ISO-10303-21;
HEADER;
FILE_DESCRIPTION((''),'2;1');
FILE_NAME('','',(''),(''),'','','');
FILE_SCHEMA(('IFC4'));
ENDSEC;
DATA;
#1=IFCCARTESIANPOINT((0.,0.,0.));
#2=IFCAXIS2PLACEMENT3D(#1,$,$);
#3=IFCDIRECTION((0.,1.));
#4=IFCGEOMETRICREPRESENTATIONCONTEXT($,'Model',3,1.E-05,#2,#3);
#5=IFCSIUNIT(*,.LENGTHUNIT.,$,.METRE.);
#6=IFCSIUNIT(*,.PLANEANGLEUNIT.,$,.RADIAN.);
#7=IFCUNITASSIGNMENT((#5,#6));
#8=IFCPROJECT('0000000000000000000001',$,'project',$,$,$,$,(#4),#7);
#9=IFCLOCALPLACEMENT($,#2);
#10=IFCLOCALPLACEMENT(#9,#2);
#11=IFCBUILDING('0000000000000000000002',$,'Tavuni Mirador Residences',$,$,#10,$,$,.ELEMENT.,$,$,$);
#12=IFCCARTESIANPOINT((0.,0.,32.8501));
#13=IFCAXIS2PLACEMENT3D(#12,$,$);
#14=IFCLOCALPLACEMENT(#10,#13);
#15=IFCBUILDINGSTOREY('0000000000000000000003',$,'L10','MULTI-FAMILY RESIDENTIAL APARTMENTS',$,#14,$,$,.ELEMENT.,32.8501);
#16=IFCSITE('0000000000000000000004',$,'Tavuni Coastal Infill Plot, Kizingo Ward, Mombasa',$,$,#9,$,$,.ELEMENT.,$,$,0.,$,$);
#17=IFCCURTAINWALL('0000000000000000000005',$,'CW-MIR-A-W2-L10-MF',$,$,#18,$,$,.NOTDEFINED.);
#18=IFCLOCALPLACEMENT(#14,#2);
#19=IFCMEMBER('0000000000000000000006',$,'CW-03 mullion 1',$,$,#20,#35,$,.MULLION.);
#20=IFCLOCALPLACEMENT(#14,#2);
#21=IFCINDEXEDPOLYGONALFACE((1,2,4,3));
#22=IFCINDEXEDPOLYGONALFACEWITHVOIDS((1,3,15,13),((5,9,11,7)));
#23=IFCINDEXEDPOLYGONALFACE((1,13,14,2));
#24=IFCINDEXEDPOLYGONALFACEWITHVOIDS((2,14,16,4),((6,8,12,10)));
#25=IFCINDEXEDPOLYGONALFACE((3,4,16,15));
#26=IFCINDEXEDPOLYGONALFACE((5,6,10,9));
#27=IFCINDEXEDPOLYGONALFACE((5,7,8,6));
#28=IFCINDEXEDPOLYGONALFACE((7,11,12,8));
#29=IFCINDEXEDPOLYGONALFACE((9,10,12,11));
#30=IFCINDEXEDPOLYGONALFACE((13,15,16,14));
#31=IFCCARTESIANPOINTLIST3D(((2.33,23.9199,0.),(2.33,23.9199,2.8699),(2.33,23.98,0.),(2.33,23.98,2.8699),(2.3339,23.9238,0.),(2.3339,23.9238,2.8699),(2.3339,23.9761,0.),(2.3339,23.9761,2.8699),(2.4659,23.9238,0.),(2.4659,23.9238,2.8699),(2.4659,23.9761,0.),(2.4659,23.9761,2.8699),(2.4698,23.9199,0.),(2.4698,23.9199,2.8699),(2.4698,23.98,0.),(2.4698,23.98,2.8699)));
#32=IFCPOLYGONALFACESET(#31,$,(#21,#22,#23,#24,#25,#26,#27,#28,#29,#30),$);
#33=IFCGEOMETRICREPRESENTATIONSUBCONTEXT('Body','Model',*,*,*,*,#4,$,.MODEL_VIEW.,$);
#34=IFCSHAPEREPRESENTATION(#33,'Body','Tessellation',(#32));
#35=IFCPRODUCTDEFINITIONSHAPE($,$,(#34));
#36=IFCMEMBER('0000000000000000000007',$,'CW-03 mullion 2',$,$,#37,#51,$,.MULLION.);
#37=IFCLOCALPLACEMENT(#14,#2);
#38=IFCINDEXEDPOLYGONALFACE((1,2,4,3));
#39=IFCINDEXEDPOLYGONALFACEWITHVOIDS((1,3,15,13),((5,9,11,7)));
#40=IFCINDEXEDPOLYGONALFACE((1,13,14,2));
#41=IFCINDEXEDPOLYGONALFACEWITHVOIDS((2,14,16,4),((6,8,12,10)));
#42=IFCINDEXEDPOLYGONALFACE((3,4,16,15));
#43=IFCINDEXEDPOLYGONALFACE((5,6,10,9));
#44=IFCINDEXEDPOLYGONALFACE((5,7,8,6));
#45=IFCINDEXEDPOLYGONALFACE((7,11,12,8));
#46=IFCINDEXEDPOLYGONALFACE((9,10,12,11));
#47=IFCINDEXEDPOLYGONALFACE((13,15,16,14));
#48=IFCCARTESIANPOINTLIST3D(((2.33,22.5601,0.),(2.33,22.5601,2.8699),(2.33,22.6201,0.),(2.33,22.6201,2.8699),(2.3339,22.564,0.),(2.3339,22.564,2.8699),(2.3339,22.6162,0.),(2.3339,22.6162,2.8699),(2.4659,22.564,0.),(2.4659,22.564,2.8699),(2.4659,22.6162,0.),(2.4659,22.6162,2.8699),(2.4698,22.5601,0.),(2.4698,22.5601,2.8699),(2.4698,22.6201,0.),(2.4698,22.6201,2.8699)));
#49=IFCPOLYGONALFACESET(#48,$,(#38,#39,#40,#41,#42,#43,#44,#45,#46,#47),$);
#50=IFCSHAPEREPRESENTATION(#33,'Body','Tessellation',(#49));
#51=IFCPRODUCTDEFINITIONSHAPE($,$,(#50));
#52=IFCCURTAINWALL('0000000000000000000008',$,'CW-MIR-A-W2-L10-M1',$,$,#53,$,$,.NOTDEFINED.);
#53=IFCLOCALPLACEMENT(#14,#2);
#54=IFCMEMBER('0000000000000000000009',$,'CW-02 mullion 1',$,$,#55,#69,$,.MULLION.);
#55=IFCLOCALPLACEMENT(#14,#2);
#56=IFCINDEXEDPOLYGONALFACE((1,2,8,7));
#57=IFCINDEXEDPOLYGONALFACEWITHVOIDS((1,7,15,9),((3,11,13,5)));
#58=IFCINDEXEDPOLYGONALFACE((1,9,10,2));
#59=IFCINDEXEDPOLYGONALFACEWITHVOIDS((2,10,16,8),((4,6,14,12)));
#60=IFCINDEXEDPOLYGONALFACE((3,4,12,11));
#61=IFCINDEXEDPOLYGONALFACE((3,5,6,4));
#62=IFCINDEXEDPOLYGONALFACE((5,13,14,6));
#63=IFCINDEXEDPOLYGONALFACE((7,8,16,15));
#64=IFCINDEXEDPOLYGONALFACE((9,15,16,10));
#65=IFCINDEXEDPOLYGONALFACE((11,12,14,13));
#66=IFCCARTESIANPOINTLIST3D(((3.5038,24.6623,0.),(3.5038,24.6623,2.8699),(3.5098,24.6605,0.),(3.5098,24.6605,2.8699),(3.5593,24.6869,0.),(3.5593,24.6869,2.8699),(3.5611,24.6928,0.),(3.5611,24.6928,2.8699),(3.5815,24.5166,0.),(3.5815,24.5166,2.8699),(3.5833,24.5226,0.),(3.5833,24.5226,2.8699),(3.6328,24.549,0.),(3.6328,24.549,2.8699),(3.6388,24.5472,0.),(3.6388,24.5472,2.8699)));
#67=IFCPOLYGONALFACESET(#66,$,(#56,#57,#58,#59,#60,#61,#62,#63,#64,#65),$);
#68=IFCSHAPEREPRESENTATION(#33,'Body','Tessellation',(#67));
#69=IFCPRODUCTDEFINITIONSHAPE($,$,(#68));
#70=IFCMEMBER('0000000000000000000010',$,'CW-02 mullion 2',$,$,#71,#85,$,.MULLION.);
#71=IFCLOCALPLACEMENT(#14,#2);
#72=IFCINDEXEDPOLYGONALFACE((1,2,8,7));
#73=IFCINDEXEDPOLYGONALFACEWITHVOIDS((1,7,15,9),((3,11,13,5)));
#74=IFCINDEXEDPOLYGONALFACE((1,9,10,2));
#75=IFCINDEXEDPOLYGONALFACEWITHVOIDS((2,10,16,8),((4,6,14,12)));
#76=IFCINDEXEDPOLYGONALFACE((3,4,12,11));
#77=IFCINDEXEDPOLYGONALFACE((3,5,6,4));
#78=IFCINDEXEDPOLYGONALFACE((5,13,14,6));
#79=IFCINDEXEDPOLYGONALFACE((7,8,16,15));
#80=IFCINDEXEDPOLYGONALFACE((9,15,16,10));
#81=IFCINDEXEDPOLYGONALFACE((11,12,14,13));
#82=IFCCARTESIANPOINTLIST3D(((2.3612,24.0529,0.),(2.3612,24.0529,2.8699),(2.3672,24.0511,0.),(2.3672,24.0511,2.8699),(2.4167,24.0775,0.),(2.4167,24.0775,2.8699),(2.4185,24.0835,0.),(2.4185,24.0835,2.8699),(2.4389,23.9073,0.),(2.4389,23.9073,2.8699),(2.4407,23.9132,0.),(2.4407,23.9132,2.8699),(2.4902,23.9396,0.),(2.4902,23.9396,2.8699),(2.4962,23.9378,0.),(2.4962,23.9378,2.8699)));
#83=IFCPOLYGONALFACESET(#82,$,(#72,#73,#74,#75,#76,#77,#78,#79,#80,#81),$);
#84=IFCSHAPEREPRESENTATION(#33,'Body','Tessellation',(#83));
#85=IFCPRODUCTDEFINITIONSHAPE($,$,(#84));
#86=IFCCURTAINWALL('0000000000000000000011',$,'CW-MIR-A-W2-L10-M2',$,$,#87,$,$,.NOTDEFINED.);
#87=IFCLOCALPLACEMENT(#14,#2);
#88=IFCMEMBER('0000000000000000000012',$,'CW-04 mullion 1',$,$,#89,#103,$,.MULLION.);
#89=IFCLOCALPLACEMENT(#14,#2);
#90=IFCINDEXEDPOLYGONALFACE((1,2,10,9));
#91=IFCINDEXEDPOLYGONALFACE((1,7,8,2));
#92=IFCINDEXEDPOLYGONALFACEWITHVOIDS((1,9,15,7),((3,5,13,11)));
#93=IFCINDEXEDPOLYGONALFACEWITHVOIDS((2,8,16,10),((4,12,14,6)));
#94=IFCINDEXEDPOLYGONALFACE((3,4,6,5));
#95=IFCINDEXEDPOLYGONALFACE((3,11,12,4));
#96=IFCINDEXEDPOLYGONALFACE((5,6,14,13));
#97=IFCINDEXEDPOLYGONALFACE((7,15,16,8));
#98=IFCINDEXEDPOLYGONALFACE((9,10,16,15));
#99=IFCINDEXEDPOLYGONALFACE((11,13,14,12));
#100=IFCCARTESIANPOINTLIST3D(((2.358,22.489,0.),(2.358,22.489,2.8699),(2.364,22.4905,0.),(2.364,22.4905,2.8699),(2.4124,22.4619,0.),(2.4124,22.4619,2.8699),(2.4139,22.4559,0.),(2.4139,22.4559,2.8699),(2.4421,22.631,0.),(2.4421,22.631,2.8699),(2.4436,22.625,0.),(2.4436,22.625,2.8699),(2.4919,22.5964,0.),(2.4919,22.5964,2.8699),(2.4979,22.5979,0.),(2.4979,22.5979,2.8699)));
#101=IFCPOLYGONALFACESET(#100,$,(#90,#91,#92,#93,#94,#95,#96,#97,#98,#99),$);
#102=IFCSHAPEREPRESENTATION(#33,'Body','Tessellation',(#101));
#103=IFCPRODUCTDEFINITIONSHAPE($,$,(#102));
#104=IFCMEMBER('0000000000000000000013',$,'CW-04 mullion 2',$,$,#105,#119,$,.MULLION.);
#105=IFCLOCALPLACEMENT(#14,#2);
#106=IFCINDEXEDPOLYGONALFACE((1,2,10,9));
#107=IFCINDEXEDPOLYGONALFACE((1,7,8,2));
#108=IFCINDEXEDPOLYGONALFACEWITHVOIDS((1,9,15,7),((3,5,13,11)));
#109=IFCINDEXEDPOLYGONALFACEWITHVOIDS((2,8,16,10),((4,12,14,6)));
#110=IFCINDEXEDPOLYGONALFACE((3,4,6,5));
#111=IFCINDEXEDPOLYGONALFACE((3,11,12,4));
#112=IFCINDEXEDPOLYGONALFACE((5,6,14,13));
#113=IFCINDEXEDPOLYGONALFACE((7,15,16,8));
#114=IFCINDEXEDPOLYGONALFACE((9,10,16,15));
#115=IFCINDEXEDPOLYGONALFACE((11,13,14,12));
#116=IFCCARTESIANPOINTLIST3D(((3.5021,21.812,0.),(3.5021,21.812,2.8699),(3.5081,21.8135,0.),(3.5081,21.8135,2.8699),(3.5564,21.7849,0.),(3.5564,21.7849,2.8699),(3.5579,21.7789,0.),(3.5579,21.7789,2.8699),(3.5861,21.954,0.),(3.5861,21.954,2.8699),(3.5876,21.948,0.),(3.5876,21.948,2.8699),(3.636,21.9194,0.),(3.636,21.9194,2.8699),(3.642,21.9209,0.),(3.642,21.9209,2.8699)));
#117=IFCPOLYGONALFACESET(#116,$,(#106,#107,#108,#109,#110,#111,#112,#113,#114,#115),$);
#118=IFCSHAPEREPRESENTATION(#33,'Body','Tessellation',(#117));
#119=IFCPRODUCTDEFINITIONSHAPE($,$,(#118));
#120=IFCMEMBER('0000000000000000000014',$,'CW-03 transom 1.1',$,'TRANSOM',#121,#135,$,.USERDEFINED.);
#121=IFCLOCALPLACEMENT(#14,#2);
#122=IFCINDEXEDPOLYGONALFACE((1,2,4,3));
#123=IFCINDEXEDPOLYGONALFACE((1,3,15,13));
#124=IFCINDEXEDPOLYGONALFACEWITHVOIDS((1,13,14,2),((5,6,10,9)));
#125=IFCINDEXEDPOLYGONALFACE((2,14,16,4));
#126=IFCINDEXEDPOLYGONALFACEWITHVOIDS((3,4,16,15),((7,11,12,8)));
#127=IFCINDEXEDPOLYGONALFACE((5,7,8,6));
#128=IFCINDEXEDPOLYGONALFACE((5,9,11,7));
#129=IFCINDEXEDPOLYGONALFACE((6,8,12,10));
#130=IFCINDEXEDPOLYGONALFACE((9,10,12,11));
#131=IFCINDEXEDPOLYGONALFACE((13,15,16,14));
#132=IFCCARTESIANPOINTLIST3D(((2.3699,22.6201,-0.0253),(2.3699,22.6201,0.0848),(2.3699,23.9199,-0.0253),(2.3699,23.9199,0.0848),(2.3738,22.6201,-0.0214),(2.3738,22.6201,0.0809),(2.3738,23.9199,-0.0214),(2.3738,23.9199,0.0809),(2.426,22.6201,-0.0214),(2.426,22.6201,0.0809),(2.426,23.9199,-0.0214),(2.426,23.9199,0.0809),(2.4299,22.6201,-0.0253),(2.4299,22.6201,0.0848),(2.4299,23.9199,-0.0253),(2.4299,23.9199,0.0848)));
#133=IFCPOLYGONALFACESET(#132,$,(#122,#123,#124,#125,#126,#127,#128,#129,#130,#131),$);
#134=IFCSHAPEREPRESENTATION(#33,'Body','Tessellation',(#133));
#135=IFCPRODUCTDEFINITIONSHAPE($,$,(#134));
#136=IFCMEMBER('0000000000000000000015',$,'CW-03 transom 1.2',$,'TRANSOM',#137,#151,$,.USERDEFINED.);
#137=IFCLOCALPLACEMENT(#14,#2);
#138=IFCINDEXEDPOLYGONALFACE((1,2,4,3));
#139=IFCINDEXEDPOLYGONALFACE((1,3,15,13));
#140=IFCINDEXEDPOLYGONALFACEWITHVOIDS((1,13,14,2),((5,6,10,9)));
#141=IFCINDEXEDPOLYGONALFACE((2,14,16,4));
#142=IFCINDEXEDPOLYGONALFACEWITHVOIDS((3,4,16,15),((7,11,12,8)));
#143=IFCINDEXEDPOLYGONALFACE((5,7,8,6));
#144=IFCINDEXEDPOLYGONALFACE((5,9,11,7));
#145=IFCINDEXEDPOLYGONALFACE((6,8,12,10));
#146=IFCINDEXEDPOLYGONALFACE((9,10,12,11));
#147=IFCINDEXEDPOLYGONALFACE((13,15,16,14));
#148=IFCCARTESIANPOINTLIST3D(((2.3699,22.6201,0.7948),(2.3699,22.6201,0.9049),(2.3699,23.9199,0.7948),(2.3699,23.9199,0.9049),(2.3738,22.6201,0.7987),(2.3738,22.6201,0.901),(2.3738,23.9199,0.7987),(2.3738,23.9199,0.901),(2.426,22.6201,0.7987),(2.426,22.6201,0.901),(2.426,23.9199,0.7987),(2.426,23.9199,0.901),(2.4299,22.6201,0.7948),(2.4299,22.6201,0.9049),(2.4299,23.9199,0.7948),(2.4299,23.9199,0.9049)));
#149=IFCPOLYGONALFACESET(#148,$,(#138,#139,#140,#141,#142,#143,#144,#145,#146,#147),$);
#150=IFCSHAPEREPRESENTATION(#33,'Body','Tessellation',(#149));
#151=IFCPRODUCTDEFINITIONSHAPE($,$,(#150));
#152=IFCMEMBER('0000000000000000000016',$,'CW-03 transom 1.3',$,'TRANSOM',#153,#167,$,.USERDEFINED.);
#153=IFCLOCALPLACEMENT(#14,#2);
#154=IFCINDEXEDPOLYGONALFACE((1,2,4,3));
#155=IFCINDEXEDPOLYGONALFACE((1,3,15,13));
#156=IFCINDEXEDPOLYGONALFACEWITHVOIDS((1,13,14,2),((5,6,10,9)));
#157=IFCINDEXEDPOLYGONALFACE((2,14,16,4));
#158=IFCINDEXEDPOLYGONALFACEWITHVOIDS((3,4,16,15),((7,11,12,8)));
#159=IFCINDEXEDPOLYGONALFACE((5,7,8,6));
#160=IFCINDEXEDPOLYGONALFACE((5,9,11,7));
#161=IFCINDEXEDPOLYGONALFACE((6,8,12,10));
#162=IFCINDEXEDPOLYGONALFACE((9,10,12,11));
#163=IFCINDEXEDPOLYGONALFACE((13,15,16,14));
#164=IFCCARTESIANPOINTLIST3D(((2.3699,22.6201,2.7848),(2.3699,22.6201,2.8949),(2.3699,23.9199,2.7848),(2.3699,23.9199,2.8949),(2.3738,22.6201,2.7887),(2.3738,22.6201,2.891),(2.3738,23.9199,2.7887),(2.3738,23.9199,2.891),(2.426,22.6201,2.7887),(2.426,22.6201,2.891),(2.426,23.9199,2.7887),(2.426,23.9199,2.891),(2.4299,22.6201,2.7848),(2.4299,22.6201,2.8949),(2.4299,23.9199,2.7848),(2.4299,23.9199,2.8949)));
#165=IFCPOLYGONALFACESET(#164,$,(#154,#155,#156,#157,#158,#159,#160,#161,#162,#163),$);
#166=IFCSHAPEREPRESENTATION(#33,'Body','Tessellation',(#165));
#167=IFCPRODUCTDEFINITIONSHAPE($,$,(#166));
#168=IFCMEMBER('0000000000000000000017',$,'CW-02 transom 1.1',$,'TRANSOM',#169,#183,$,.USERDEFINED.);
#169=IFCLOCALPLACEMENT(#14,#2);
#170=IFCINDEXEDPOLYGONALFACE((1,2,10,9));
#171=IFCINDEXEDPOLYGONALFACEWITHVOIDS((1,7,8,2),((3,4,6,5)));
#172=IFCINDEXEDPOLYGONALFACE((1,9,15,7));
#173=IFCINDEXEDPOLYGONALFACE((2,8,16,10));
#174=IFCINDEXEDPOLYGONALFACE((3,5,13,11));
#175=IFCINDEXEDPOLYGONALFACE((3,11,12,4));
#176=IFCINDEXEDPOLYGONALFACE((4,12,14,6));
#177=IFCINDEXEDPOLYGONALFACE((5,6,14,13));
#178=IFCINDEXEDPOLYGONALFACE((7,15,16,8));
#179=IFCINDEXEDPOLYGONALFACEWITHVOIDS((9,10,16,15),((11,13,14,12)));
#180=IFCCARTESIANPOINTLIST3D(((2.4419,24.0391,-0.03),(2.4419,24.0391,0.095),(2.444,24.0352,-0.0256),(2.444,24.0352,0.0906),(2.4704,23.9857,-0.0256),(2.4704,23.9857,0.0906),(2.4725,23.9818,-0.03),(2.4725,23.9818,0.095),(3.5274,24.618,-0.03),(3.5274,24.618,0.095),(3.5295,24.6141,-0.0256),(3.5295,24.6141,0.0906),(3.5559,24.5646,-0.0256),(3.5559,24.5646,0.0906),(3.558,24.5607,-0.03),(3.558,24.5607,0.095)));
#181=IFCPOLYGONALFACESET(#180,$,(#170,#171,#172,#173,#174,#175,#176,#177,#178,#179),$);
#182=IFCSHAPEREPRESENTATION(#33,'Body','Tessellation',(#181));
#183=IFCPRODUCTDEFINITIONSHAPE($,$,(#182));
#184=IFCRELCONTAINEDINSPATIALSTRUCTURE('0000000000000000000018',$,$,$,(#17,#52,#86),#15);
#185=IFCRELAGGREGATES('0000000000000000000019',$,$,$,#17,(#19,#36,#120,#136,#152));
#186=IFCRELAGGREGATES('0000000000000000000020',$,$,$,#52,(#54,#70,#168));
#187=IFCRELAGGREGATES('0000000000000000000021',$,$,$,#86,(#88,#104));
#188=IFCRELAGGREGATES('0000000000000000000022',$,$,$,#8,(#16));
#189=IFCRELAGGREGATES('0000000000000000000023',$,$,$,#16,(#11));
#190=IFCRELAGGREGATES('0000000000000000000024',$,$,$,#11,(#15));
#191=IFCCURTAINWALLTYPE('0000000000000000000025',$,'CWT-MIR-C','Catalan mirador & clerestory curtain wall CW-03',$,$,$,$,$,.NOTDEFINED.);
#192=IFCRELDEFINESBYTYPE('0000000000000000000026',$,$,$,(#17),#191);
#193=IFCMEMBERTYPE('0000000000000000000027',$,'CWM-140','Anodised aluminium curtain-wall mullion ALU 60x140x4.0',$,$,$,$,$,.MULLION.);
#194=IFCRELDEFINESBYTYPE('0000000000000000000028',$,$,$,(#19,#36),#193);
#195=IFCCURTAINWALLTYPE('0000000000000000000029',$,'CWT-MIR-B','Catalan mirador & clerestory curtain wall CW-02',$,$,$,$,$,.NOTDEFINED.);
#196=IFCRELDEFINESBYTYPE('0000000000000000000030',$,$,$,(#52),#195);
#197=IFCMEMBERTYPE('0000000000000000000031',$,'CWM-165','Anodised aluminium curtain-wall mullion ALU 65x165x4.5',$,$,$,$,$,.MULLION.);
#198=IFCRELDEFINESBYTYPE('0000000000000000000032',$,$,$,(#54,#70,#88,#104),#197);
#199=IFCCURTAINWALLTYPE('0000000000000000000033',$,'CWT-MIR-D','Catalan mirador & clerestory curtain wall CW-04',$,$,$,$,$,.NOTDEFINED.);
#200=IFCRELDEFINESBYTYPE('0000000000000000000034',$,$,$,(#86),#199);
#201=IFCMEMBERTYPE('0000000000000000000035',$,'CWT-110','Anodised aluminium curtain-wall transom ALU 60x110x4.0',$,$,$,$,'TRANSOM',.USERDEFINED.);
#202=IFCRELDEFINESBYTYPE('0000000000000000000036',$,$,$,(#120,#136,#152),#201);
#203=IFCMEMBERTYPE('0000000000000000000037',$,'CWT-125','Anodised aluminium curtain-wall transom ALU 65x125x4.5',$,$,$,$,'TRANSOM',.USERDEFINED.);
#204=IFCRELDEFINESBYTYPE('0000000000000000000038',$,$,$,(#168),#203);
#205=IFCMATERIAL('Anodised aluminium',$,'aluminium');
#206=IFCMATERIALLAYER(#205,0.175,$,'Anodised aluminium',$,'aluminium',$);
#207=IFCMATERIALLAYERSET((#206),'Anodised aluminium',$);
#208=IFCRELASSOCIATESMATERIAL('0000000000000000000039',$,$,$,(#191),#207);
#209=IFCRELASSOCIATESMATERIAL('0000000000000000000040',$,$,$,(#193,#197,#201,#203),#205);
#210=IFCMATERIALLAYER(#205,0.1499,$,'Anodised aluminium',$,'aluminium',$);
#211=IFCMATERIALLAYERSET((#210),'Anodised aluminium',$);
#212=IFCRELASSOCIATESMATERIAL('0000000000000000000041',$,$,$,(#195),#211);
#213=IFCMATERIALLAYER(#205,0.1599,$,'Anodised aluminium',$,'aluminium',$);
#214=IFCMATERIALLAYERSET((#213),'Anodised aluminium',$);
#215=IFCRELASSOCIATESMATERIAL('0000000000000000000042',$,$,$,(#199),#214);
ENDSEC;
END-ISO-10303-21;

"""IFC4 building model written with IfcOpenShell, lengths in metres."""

from ifc_helpers import new_model, si_unit, direction, frame, origin, origin_2d, place, context, subcontext, project, spatial, hollow_rectangle, extrude, material, layer, layer_set, material_profile, profile_set, type_object, element, aggregate, save


model = new_model("IFC4")

# Units and contexts
model_context = context("Model", 3, precision=1e-05, world=origin(), true_north=direction((0.0, 1.0)))
body_context = subcontext(model_context, "Body", "Model", "MODEL_VIEW")
ifc_project = project(units=[si_unit("LENGTHUNIT", "METRE"), si_unit("PLANEANGLEUNIT", "RADIAN")], contexts=[model_context])

# Site, building, storey
site_placement = place(None, origin())
site = spatial("IfcSite", under=ifc_project, at=site_placement, Name="Tavuni Coastal Infill Plot, Kizingo Ward, Mombasa", CompositionType="ELEMENT", RefElevation=0.0)
building_placement = place(site_placement, origin())
building = spatial("IfcBuilding", under=site, at=building_placement, Name="Tavuni Mirador Residences", CompositionType="ELEMENT")
storey_placement = place(building_placement, frame((0.0, 0.0, 32.8501)))
storey = spatial("IfcBuildingStorey", under=building, at=storey_placement, Name="L10", Description="MULTI-FAMILY RESIDENTIAL APARTMENTS", CompositionType="ELEMENT", Elevation=32.8501)

# Curtain walls, members
ifc_material_1 = material(Name="Anodised aluminium", Category="aluminium")
ifc_layer_1 = layer(ifc_material_1, 0.175, Name="Anodised aluminium", Category="aluminium")
ifc_layer_set_1 = layer_set([ifc_layer_1], Name="Anodised aluminium")
curtain_wall_type_1 = type_object("IfcCurtainWallType", Name="CWT-MIR-C", Description="Catalan mirador & clerestory curtain wall CW-03", PredefinedType="NOTDEFINED", material=ifc_layer_set_1)
curtain_wall_1_placement = place(storey_placement, origin())
curtain_wall_1 = element("IfcCurtainWall", 1, at=curtain_wall_1_placement, inside=storey, type_object=curtain_wall_type_1, Name="CW-MIR-A-W2-L10-MF", PredefinedType="NOTDEFINED")
ifc_material_profile_1 = material_profile(ifc_material_1, hollow_rectangle(XDim=0.0601, YDim=0.1399, WallThickness=0.0039, at=origin_2d()), Name="ALU 60x140x4.0", Category="aluminium")
ifc_profile_set_1 = profile_set([ifc_material_profile_1], Name="Anodised aluminium")
member_type_1 = type_object("IfcMemberType", Name="CWM-140", Description="Anodised aluminium curtain-wall mullion ALU 60x140x4.0", PredefinedType="MULLION", material=ifc_profile_set_1)
member_1_placement = place(storey_placement, frame((2.3999, 23.95, 0.0), z_axis=(0.0, 0.0, 1.0), x_axis=(0.0, -1.0, 0.0)))
member_1 = element("IfcMember", 2, at=member_1_placement, type_object=member_type_1, Name="CW-03 mullion 1", PredefinedType="MULLION", context=body_context, shape_type="SweptSolid", body=[
    extrude(hollow_rectangle(XDim=0.0601, YDim=0.1399, WallThickness=0.0039, at=origin_2d()), origin(), (0.0, 0.0, 1.0), 2.8699),
])
member_2_placement = place(storey_placement, frame((2.3999, 22.5901, 0.0), z_axis=(0.0, 0.0, 1.0), x_axis=(0.0, -1.0, 0.0)))
member_2 = element("IfcMember", 3, at=member_2_placement, type_object=member_type_1, Name="CW-03 mullion 2", PredefinedType="MULLION", context=body_context, shape_type="SweptSolid", body=[
    extrude(hollow_rectangle(XDim=0.0601, YDim=0.1399, WallThickness=0.0039, at=origin_2d()), origin(), (0.0, 0.0, 1.0), 2.8699),
])
ifc_layer_2 = layer(ifc_material_1, 0.1499, Name="Anodised aluminium", Category="aluminium")
ifc_layer_set_2 = layer_set([ifc_layer_2], Name="Anodised aluminium")
curtain_wall_type_2 = type_object("IfcCurtainWallType", Name="CWT-MIR-B", Description="Catalan mirador & clerestory curtain wall CW-02", PredefinedType="NOTDEFINED", material=ifc_layer_set_2)
curtain_wall_2_placement = place(storey_placement, origin())
curtain_wall_2 = element("IfcCurtainWall", 4, at=curtain_wall_2_placement, inside=storey, type_object=curtain_wall_type_2, Name="CW-MIR-A-W2-L10-M1", PredefinedType="NOTDEFINED")
ifc_material_profile_2 = material_profile(ifc_material_1, hollow_rectangle(XDim=0.0649, YDim=0.165, WallThickness=0.0044, at=origin_2d()), Name="ALU 65x165x4.5", Category="aluminium")
ifc_profile_set_2 = profile_set([ifc_material_profile_2], Name="Anodised aluminium")
member_type_2 = type_object("IfcMemberType", Name="CWM-165", Description="Anodised aluminium curtain-wall mullion ALU 65x165x4.5", PredefinedType="MULLION", material=ifc_profile_set_2)
member_3_placement = place(storey_placement, frame((3.5713, 24.6047, 0.0), z_axis=(0.0, 0.0, 1.0), x_axis=(-0.882353, -0.470588, 0.0)))
member_3 = element("IfcMember", 5, at=member_3_placement, type_object=member_type_2, Name="CW-02 mullion 1", PredefinedType="MULLION", context=body_context, shape_type="SweptSolid", body=[
    extrude(hollow_rectangle(XDim=0.0649, YDim=0.165, WallThickness=0.0044, at=origin_2d()), origin(), (0.0, 0.0, 1.0), 2.8699),
])
member_4_placement = place(storey_placement, frame((2.4287, 23.9954, 0.0), z_axis=(0.0, 0.0, 1.0), x_axis=(-0.882353, -0.470588, 0.0)))
member_4 = element("IfcMember", 6, at=member_4_placement, type_object=member_type_2, Name="CW-02 mullion 2", PredefinedType="MULLION", context=body_context, shape_type="SweptSolid", body=[
    extrude(hollow_rectangle(XDim=0.0649, YDim=0.165, WallThickness=0.0044, at=origin_2d()), origin(), (0.0, 0.0, 1.0), 2.8699),
])
ifc_layer_3 = layer(ifc_material_1, 0.1599, Name="Anodised aluminium", Category="aluminium")
ifc_layer_set_3 = layer_set([ifc_layer_3], Name="Anodised aluminium")
curtain_wall_type_3 = type_object("IfcCurtainWallType", Name="CWT-MIR-D", Description="Catalan mirador & clerestory curtain wall CW-04", PredefinedType="NOTDEFINED", material=ifc_layer_set_3)
curtain_wall_3_placement = place(storey_placement, origin())
curtain_wall_3 = element("IfcCurtainWall", 7, at=curtain_wall_3_placement, inside=storey, type_object=curtain_wall_type_3, Name="CW-MIR-A-W2-L10-M2", PredefinedType="NOTDEFINED")
member_5_placement = place(storey_placement, frame((2.428, 22.5435, 0.0), z_axis=(0.0, 0.0, 1.0), x_axis=(0.860641, -0.509212, 0.0)))
member_5 = element("IfcMember", 8, at=member_5_placement, type_object=member_type_2, Name="CW-04 mullion 1", PredefinedType="MULLION", context=body_context, shape_type="SweptSolid", body=[
    extrude(hollow_rectangle(XDim=0.0649, YDim=0.165, WallThickness=0.0044, at=origin_2d()), origin(), (0.0, 0.0, 1.0), 2.8699),
])
member_6_placement = place(storey_placement, frame((3.572, 21.8665, 0.0), z_axis=(0.0, 0.0, 1.0), x_axis=(0.860641, -0.509212, 0.0)))
member_6 = element("IfcMember", 9, at=member_6_placement, type_object=member_type_2, Name="CW-04 mullion 2", PredefinedType="MULLION", context=body_context, shape_type="SweptSolid", body=[
    extrude(hollow_rectangle(XDim=0.0649, YDim=0.165, WallThickness=0.0044, at=origin_2d()), origin(), (0.0, 0.0, 1.0), 2.8699),
])

# Members
ifc_material_profile_3 = material_profile(ifc_material_1, hollow_rectangle(XDim=0.0601, YDim=0.1101, WallThickness=0.0039, at=origin_2d()), Name="ALU 60x110x4.0", Category="aluminium")
ifc_profile_set_3 = profile_set([ifc_material_profile_3], Name="Anodised aluminium")
member_type_3 = type_object("IfcMemberType", Name="CWT-110", Description="Anodised aluminium curtain-wall transom ALU 60x110x4.0", ElementType="TRANSOM", PredefinedType="USERDEFINED", material=ifc_profile_set_3)
member_7_placement = place(storey_placement, frame((2.3999, 23.9199, 0.0298), z_axis=(0.0, -1.0, 0.0), x_axis=(1.0, 0.0, 0.0)))
member_7 = element("IfcMember", 10, at=member_7_placement, type_object=member_type_3, Name="CW-03 transom 1.1", ObjectType="TRANSOM", PredefinedType="USERDEFINED", context=body_context, shape_type="SweptSolid", body=[
    extrude(hollow_rectangle(XDim=0.0601, YDim=0.1101, WallThickness=0.0039, at=origin_2d()), origin(), (0.0, 0.0, 1.0), 1.2998),
])
member_8_placement = place(storey_placement, frame((2.3999, 23.9199, 0.8499), z_axis=(0.0, -1.0, 0.0), x_axis=(1.0, 0.0, 0.0)))
member_8 = element("IfcMember", 11, at=member_8_placement, type_object=member_type_3, Name="CW-03 transom 1.2", ObjectType="TRANSOM", PredefinedType="USERDEFINED", context=body_context, shape_type="SweptSolid", body=[
    extrude(hollow_rectangle(XDim=0.0601, YDim=0.1101, WallThickness=0.0039, at=origin_2d()), origin(), (0.0, 0.0, 1.0), 1.2998),
])
member_9_placement = place(storey_placement, frame((2.3999, 23.9199, 2.8398), z_axis=(0.0, -1.0, 0.0), x_axis=(1.0, 0.0, 0.0)))
member_9 = element("IfcMember", 12, at=member_9_placement, type_object=member_type_3, Name="CW-03 transom 1.3", ObjectType="TRANSOM", PredefinedType="USERDEFINED", context=body_context, shape_type="SweptSolid", body=[
    extrude(hollow_rectangle(XDim=0.0601, YDim=0.1101, WallThickness=0.0039, at=origin_2d()), origin(), (0.0, 0.0, 1.0), 1.2998),
])
ifc_material_profile_4 = material_profile(ifc_material_1, hollow_rectangle(XDim=0.0649, YDim=0.125, WallThickness=0.0044, at=origin_2d()), Name="ALU 65x125x4.5", Category="aluminium")
ifc_profile_set_4 = profile_set([ifc_material_profile_4], Name="Anodised aluminium")
member_type_4 = type_object("IfcMemberType", Name="CWT-125", Description="Anodised aluminium curtain-wall transom ALU 65x125x4.5", ElementType="TRANSOM", PredefinedType="USERDEFINED", material=ifc_profile_set_4)
member_10_placement = place(storey_placement, frame((3.5427, 24.5894, 0.0325), z_axis=(-0.882369, -0.470557, 0.0), x_axis=(0.470557, -0.882369, 0.0)))
member_10 = element("IfcMember", 13, at=member_10_placement, type_object=member_type_4, Name="CW-02 transom 1.1", ObjectType="TRANSOM", PredefinedType="USERDEFINED", context=body_context, shape_type="SweptSolid", body=[
    extrude(hollow_rectangle(XDim=0.0649, YDim=0.125, WallThickness=0.0044, at=origin_2d()), origin(), (0.0, 0.0, 1.0), 1.2302),
])

aggregate(curtain_wall_1, [member_1, member_2, member_7, member_8, member_9])
aggregate(curtain_wall_2, [member_3, member_4, member_10])
aggregate(curtain_wall_3, [member_5, member_6])

save(model, "model.ifc")
